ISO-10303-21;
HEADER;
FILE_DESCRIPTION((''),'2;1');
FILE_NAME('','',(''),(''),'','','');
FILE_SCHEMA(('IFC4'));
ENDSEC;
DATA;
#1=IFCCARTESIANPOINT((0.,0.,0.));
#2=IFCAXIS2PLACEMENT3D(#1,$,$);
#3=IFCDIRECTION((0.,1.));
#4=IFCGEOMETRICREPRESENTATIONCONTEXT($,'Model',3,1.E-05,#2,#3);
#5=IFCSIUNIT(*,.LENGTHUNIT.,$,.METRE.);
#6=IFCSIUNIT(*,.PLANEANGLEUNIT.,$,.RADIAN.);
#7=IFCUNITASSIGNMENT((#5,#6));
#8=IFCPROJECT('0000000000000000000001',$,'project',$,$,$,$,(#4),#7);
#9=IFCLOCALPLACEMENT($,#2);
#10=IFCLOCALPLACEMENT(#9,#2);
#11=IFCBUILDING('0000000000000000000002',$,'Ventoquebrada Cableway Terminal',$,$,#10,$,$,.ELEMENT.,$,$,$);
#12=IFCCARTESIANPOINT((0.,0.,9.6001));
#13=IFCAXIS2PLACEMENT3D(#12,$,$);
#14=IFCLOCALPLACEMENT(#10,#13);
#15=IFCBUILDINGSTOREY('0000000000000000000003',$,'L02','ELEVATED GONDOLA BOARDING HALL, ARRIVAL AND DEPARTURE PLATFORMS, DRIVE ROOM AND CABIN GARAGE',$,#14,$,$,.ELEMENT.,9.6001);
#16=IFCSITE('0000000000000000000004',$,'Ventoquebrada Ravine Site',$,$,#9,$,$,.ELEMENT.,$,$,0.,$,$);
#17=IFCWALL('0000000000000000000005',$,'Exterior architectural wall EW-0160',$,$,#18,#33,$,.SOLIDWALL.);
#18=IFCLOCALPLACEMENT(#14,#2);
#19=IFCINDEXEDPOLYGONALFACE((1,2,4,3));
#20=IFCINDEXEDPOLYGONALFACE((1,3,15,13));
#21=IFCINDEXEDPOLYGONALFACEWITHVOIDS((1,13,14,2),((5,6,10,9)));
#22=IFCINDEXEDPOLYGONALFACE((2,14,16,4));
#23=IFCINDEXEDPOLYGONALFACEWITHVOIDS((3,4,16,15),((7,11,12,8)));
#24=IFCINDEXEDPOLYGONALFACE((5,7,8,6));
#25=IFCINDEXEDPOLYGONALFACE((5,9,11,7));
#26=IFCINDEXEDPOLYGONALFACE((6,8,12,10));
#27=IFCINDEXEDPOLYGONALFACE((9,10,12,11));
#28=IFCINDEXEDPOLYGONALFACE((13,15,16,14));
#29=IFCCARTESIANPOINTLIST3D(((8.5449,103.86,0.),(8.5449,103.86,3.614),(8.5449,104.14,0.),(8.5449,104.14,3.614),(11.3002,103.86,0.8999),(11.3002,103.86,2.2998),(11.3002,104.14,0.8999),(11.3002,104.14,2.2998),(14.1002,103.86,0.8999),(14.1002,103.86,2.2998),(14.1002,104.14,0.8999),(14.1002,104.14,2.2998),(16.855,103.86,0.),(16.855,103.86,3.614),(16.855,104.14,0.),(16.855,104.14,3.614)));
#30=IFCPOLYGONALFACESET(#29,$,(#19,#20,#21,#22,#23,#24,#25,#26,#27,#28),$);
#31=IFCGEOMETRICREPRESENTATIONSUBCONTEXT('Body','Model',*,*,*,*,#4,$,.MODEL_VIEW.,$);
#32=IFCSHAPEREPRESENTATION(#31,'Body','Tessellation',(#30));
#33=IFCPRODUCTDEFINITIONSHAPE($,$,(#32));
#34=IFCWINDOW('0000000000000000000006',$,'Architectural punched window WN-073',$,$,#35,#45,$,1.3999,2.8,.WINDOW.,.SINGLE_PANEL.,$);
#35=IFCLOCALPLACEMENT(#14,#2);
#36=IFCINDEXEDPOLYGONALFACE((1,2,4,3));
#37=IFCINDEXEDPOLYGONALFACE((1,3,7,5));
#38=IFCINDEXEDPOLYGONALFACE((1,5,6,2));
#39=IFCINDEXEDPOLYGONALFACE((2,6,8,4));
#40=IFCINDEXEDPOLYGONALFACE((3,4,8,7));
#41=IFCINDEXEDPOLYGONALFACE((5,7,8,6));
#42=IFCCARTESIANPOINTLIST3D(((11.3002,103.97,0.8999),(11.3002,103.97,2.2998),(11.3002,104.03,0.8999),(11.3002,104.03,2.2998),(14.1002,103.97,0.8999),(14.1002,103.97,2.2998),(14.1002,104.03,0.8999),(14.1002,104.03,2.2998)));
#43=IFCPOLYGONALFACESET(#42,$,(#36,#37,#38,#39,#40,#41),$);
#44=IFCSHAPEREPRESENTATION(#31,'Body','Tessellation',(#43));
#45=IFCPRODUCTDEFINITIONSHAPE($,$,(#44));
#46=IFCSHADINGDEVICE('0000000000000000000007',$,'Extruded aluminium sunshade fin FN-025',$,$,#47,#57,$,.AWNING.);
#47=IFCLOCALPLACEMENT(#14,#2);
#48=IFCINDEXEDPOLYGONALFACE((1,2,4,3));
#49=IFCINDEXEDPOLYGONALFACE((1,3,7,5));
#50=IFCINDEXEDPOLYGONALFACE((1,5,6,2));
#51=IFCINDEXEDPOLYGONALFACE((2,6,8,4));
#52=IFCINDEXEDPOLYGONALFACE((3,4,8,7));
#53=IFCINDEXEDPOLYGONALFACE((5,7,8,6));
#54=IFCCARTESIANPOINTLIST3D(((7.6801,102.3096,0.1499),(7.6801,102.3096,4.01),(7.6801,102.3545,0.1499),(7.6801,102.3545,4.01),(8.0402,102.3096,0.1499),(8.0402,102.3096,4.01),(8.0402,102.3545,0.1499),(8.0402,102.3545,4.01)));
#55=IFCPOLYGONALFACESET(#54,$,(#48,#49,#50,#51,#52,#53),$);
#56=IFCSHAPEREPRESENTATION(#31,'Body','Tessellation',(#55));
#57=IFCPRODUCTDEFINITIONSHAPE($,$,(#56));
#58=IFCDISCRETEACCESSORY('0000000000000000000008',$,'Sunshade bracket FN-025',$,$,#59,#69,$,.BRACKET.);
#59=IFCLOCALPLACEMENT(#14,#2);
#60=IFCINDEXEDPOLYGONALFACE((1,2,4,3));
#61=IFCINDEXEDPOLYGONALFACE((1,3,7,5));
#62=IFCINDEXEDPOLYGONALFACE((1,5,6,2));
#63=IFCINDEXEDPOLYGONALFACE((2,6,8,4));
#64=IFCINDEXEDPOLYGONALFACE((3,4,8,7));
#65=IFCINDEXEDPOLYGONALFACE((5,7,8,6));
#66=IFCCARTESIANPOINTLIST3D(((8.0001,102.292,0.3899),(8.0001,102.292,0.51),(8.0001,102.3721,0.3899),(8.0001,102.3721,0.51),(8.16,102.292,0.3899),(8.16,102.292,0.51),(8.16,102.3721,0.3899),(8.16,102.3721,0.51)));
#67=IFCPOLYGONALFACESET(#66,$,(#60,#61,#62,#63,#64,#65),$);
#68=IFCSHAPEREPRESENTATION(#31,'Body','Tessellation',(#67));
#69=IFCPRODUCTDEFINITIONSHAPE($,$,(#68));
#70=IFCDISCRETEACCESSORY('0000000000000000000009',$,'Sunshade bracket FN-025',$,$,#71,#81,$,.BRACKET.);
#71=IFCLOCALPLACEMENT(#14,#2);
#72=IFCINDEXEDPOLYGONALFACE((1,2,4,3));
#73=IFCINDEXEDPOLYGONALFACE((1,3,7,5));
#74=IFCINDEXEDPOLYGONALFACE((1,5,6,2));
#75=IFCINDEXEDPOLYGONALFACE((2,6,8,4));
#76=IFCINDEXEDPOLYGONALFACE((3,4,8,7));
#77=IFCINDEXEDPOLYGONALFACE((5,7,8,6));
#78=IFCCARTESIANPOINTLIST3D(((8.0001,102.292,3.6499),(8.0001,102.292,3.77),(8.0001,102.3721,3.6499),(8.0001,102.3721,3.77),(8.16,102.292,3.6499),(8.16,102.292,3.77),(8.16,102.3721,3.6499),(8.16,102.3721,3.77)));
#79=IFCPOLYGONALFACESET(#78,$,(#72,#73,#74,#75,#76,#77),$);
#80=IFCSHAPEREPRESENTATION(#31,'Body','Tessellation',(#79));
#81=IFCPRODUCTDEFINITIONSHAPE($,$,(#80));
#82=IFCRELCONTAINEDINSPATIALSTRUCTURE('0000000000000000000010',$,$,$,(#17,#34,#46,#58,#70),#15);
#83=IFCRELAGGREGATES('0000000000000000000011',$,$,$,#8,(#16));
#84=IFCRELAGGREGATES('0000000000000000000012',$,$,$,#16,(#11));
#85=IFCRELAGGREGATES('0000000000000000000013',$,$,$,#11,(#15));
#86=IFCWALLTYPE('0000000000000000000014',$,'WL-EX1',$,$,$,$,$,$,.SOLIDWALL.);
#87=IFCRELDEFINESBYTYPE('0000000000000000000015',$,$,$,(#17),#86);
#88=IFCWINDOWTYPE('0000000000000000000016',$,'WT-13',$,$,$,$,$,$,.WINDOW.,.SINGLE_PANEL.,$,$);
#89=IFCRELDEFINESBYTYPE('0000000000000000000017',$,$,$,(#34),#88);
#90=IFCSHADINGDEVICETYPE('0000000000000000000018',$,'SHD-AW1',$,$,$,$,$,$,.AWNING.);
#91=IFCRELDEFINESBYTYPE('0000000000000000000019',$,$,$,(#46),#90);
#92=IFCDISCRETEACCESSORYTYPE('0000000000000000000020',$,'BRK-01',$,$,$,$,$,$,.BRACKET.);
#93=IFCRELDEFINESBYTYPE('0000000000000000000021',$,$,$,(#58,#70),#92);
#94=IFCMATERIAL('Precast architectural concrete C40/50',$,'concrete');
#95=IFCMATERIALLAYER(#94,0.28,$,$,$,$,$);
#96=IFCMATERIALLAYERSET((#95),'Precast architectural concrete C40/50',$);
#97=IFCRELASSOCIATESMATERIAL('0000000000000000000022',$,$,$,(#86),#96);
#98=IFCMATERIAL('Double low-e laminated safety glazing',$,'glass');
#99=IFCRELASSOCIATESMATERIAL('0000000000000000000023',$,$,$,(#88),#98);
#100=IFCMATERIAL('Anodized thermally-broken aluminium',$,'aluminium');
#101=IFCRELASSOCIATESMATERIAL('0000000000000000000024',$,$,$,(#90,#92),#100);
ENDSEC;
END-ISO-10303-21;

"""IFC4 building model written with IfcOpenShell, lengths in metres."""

from ifc_helpers import new_model, si_unit, direction, frame, frame_2d, origin, origin_2d, place, context, subcontext, project, spatial, rectangle, extrude, material, layer, layer_set, type_object, element, fill, save


model = new_model("IFC4")

# Units and contexts
model_context = context("Model", 3, precision=1e-05, world=origin(), true_north=direction((0.0, 1.0)))
body_context = subcontext(model_context, "Body", "Model", "MODEL_VIEW")
ifc_project = project(units=[si_unit("LENGTHUNIT", "METRE"), si_unit("PLANEANGLEUNIT", "RADIAN")], contexts=[model_context])

# Site, building, storey
site_placement = place(None, origin())
site = spatial("IfcSite", under=ifc_project, at=site_placement, Name="Ventoquebrada Ravine Site", CompositionType="ELEMENT", RefElevation=0.0)
building_placement = place(site_placement, origin())
building = spatial("IfcBuilding", under=site, at=building_placement, Name="Ventoquebrada Cableway Terminal", CompositionType="ELEMENT")
storey_placement = place(building_placement, frame((0.0, 0.0, 9.6001)))
storey = spatial("IfcBuildingStorey", under=building, at=storey_placement, Name="L02", Description="ELEVATED GONDOLA BOARDING HALL, ARRIVAL AND DEPARTURE PLATFORMS, DRIVE ROOM AND CABIN GARAGE", CompositionType="ELEMENT", Elevation=9.6001)

# Shared definitions
ifc_material_1 = material(Name="Anodized thermally-broken aluminium", Category="aluminium")

# Shared definitions
ifc_material_2 = material(Name="Double low-e laminated safety glazing", Category="glass")

# Wall, opening, window
ifc_material_3 = material(Name="Precast architectural concrete C40/50", Category="concrete")
ifc_layer_1 = layer(ifc_material_3, 0.28)
ifc_layer_set_1 = layer_set([ifc_layer_1], Name="Precast architectural concrete C40/50")
wall_type = type_object("IfcWallType", Name="WL-EX1", PredefinedType="SOLIDWALL", material=ifc_layer_set_1)
wall_placement = place(storey_placement, frame((16.855, 104.0, 0.0), z_axis=(0.0, 0.0, 1.0), x_axis=(-1.0, 0.0, 0.0)))
wall = element("IfcWall", 1, at=wall_placement, inside=storey, type_object=wall_type, Name="Exterior architectural wall EW-0160", PredefinedType="SOLIDWALL", context=body_context, shape_type="SweptSolid", body=[
    extrude(rectangle(XDim=8.3101, YDim=0.28, at=frame_2d((4.155, 0.0))), origin(), (0.0, 0.0, 1.0), 3.614),
])
opening_placement = place(wall_placement, frame((2.7549, 0.0, 0.8999)))
opening = element("IfcOpeningElement", 2, at=opening_placement, cuts=wall, PredefinedType="OPENING", context=body_context, shape_type="SweptSolid", body=[
    extrude(rectangle(XDim=2.8, YDim=1.3999, at=frame_2d((1.3999, 0.7))), frame((0.0, 0.1499, 0.0), z_axis=(0.0, -1.0, 0.0), x_axis=(1.0, 0.0, 0.0)), (0.0, 0.0, 1.0), 0.3),
])
window_type = type_object("IfcWindowType", Name="WT-13", PartitioningType="SINGLE_PANEL", PredefinedType="WINDOW", material=ifc_material_2)
window_placement = place(opening_placement, origin())
window = element("IfcWindow", 3, at=window_placement, inside=storey, type_object=window_type, Name="Architectural punched window WN-073", OverallHeight=1.3999, OverallWidth=2.8, PartitioningType="SINGLE_PANEL", PredefinedType="WINDOW", context=body_context, shape_type="SweptSolid", body=[
    extrude(rectangle(XDim=2.8, YDim=1.3999, at=frame_2d((1.3999, 0.7))), frame((0.0, 0.03, 0.0), z_axis=(0.0, -1.0, 0.0), x_axis=(1.0, 0.0, 0.0)), (0.0, 0.0, 1.0), 0.0601),
])
fill(opening, window)

# Shading device
shading_device_type = type_object("IfcShadingDeviceType", Name="SHD-AW1", PredefinedType="AWNING", material=ifc_material_1)
shading_device_placement = place(storey_placement, frame((7.8601, 102.332, 0.1499), z_axis=(0.0, 0.0, 1.0), x_axis=(0.0, -1.0, 0.0)))
element("IfcShadingDevice", 4, at=shading_device_placement, inside=storey, type_object=shading_device_type, Name="Extruded aluminium sunshade fin FN-025", PredefinedType="AWNING", context=body_context, shape_type="SweptSolid", body=[
    extrude(rectangle(XDim=0.0449, YDim=0.3601, at=origin_2d()), origin(), (0.0, 0.0, 1.0), 3.8601),
])

# Discrete accessories
discrete_accessory_type = type_object("IfcDiscreteAccessoryType", Name="BRK-01", PredefinedType="BRACKET", material=ifc_material_1)
for number, where, z_axis, x_axis, name in (
    (5, (8.0801, 102.332, 0.3899), (0.0, 0.0, 1.0), (0.0, -1.0, 0.0), "Sunshade bracket FN-025"),
    (6, (8.0801, 102.332, 3.6499), (0.0, 0.0, 1.0), (0.0, -1.0, 0.0), "Sunshade bracket FN-025"),
):
    element("IfcDiscreteAccessory", number, at=place(storey_placement, frame(where, z_axis=z_axis, x_axis=x_axis)), inside=storey, type_object=discrete_accessory_type, Name=name, PredefinedType="BRACKET", context=body_context, shape_type="SweptSolid", body=[
        extrude(rectangle(XDim=0.0801, YDim=0.1599, at=origin_2d()), origin(), (0.0, 0.0, 1.0), 0.1201),
    ])

save(model, "model.ifc")
